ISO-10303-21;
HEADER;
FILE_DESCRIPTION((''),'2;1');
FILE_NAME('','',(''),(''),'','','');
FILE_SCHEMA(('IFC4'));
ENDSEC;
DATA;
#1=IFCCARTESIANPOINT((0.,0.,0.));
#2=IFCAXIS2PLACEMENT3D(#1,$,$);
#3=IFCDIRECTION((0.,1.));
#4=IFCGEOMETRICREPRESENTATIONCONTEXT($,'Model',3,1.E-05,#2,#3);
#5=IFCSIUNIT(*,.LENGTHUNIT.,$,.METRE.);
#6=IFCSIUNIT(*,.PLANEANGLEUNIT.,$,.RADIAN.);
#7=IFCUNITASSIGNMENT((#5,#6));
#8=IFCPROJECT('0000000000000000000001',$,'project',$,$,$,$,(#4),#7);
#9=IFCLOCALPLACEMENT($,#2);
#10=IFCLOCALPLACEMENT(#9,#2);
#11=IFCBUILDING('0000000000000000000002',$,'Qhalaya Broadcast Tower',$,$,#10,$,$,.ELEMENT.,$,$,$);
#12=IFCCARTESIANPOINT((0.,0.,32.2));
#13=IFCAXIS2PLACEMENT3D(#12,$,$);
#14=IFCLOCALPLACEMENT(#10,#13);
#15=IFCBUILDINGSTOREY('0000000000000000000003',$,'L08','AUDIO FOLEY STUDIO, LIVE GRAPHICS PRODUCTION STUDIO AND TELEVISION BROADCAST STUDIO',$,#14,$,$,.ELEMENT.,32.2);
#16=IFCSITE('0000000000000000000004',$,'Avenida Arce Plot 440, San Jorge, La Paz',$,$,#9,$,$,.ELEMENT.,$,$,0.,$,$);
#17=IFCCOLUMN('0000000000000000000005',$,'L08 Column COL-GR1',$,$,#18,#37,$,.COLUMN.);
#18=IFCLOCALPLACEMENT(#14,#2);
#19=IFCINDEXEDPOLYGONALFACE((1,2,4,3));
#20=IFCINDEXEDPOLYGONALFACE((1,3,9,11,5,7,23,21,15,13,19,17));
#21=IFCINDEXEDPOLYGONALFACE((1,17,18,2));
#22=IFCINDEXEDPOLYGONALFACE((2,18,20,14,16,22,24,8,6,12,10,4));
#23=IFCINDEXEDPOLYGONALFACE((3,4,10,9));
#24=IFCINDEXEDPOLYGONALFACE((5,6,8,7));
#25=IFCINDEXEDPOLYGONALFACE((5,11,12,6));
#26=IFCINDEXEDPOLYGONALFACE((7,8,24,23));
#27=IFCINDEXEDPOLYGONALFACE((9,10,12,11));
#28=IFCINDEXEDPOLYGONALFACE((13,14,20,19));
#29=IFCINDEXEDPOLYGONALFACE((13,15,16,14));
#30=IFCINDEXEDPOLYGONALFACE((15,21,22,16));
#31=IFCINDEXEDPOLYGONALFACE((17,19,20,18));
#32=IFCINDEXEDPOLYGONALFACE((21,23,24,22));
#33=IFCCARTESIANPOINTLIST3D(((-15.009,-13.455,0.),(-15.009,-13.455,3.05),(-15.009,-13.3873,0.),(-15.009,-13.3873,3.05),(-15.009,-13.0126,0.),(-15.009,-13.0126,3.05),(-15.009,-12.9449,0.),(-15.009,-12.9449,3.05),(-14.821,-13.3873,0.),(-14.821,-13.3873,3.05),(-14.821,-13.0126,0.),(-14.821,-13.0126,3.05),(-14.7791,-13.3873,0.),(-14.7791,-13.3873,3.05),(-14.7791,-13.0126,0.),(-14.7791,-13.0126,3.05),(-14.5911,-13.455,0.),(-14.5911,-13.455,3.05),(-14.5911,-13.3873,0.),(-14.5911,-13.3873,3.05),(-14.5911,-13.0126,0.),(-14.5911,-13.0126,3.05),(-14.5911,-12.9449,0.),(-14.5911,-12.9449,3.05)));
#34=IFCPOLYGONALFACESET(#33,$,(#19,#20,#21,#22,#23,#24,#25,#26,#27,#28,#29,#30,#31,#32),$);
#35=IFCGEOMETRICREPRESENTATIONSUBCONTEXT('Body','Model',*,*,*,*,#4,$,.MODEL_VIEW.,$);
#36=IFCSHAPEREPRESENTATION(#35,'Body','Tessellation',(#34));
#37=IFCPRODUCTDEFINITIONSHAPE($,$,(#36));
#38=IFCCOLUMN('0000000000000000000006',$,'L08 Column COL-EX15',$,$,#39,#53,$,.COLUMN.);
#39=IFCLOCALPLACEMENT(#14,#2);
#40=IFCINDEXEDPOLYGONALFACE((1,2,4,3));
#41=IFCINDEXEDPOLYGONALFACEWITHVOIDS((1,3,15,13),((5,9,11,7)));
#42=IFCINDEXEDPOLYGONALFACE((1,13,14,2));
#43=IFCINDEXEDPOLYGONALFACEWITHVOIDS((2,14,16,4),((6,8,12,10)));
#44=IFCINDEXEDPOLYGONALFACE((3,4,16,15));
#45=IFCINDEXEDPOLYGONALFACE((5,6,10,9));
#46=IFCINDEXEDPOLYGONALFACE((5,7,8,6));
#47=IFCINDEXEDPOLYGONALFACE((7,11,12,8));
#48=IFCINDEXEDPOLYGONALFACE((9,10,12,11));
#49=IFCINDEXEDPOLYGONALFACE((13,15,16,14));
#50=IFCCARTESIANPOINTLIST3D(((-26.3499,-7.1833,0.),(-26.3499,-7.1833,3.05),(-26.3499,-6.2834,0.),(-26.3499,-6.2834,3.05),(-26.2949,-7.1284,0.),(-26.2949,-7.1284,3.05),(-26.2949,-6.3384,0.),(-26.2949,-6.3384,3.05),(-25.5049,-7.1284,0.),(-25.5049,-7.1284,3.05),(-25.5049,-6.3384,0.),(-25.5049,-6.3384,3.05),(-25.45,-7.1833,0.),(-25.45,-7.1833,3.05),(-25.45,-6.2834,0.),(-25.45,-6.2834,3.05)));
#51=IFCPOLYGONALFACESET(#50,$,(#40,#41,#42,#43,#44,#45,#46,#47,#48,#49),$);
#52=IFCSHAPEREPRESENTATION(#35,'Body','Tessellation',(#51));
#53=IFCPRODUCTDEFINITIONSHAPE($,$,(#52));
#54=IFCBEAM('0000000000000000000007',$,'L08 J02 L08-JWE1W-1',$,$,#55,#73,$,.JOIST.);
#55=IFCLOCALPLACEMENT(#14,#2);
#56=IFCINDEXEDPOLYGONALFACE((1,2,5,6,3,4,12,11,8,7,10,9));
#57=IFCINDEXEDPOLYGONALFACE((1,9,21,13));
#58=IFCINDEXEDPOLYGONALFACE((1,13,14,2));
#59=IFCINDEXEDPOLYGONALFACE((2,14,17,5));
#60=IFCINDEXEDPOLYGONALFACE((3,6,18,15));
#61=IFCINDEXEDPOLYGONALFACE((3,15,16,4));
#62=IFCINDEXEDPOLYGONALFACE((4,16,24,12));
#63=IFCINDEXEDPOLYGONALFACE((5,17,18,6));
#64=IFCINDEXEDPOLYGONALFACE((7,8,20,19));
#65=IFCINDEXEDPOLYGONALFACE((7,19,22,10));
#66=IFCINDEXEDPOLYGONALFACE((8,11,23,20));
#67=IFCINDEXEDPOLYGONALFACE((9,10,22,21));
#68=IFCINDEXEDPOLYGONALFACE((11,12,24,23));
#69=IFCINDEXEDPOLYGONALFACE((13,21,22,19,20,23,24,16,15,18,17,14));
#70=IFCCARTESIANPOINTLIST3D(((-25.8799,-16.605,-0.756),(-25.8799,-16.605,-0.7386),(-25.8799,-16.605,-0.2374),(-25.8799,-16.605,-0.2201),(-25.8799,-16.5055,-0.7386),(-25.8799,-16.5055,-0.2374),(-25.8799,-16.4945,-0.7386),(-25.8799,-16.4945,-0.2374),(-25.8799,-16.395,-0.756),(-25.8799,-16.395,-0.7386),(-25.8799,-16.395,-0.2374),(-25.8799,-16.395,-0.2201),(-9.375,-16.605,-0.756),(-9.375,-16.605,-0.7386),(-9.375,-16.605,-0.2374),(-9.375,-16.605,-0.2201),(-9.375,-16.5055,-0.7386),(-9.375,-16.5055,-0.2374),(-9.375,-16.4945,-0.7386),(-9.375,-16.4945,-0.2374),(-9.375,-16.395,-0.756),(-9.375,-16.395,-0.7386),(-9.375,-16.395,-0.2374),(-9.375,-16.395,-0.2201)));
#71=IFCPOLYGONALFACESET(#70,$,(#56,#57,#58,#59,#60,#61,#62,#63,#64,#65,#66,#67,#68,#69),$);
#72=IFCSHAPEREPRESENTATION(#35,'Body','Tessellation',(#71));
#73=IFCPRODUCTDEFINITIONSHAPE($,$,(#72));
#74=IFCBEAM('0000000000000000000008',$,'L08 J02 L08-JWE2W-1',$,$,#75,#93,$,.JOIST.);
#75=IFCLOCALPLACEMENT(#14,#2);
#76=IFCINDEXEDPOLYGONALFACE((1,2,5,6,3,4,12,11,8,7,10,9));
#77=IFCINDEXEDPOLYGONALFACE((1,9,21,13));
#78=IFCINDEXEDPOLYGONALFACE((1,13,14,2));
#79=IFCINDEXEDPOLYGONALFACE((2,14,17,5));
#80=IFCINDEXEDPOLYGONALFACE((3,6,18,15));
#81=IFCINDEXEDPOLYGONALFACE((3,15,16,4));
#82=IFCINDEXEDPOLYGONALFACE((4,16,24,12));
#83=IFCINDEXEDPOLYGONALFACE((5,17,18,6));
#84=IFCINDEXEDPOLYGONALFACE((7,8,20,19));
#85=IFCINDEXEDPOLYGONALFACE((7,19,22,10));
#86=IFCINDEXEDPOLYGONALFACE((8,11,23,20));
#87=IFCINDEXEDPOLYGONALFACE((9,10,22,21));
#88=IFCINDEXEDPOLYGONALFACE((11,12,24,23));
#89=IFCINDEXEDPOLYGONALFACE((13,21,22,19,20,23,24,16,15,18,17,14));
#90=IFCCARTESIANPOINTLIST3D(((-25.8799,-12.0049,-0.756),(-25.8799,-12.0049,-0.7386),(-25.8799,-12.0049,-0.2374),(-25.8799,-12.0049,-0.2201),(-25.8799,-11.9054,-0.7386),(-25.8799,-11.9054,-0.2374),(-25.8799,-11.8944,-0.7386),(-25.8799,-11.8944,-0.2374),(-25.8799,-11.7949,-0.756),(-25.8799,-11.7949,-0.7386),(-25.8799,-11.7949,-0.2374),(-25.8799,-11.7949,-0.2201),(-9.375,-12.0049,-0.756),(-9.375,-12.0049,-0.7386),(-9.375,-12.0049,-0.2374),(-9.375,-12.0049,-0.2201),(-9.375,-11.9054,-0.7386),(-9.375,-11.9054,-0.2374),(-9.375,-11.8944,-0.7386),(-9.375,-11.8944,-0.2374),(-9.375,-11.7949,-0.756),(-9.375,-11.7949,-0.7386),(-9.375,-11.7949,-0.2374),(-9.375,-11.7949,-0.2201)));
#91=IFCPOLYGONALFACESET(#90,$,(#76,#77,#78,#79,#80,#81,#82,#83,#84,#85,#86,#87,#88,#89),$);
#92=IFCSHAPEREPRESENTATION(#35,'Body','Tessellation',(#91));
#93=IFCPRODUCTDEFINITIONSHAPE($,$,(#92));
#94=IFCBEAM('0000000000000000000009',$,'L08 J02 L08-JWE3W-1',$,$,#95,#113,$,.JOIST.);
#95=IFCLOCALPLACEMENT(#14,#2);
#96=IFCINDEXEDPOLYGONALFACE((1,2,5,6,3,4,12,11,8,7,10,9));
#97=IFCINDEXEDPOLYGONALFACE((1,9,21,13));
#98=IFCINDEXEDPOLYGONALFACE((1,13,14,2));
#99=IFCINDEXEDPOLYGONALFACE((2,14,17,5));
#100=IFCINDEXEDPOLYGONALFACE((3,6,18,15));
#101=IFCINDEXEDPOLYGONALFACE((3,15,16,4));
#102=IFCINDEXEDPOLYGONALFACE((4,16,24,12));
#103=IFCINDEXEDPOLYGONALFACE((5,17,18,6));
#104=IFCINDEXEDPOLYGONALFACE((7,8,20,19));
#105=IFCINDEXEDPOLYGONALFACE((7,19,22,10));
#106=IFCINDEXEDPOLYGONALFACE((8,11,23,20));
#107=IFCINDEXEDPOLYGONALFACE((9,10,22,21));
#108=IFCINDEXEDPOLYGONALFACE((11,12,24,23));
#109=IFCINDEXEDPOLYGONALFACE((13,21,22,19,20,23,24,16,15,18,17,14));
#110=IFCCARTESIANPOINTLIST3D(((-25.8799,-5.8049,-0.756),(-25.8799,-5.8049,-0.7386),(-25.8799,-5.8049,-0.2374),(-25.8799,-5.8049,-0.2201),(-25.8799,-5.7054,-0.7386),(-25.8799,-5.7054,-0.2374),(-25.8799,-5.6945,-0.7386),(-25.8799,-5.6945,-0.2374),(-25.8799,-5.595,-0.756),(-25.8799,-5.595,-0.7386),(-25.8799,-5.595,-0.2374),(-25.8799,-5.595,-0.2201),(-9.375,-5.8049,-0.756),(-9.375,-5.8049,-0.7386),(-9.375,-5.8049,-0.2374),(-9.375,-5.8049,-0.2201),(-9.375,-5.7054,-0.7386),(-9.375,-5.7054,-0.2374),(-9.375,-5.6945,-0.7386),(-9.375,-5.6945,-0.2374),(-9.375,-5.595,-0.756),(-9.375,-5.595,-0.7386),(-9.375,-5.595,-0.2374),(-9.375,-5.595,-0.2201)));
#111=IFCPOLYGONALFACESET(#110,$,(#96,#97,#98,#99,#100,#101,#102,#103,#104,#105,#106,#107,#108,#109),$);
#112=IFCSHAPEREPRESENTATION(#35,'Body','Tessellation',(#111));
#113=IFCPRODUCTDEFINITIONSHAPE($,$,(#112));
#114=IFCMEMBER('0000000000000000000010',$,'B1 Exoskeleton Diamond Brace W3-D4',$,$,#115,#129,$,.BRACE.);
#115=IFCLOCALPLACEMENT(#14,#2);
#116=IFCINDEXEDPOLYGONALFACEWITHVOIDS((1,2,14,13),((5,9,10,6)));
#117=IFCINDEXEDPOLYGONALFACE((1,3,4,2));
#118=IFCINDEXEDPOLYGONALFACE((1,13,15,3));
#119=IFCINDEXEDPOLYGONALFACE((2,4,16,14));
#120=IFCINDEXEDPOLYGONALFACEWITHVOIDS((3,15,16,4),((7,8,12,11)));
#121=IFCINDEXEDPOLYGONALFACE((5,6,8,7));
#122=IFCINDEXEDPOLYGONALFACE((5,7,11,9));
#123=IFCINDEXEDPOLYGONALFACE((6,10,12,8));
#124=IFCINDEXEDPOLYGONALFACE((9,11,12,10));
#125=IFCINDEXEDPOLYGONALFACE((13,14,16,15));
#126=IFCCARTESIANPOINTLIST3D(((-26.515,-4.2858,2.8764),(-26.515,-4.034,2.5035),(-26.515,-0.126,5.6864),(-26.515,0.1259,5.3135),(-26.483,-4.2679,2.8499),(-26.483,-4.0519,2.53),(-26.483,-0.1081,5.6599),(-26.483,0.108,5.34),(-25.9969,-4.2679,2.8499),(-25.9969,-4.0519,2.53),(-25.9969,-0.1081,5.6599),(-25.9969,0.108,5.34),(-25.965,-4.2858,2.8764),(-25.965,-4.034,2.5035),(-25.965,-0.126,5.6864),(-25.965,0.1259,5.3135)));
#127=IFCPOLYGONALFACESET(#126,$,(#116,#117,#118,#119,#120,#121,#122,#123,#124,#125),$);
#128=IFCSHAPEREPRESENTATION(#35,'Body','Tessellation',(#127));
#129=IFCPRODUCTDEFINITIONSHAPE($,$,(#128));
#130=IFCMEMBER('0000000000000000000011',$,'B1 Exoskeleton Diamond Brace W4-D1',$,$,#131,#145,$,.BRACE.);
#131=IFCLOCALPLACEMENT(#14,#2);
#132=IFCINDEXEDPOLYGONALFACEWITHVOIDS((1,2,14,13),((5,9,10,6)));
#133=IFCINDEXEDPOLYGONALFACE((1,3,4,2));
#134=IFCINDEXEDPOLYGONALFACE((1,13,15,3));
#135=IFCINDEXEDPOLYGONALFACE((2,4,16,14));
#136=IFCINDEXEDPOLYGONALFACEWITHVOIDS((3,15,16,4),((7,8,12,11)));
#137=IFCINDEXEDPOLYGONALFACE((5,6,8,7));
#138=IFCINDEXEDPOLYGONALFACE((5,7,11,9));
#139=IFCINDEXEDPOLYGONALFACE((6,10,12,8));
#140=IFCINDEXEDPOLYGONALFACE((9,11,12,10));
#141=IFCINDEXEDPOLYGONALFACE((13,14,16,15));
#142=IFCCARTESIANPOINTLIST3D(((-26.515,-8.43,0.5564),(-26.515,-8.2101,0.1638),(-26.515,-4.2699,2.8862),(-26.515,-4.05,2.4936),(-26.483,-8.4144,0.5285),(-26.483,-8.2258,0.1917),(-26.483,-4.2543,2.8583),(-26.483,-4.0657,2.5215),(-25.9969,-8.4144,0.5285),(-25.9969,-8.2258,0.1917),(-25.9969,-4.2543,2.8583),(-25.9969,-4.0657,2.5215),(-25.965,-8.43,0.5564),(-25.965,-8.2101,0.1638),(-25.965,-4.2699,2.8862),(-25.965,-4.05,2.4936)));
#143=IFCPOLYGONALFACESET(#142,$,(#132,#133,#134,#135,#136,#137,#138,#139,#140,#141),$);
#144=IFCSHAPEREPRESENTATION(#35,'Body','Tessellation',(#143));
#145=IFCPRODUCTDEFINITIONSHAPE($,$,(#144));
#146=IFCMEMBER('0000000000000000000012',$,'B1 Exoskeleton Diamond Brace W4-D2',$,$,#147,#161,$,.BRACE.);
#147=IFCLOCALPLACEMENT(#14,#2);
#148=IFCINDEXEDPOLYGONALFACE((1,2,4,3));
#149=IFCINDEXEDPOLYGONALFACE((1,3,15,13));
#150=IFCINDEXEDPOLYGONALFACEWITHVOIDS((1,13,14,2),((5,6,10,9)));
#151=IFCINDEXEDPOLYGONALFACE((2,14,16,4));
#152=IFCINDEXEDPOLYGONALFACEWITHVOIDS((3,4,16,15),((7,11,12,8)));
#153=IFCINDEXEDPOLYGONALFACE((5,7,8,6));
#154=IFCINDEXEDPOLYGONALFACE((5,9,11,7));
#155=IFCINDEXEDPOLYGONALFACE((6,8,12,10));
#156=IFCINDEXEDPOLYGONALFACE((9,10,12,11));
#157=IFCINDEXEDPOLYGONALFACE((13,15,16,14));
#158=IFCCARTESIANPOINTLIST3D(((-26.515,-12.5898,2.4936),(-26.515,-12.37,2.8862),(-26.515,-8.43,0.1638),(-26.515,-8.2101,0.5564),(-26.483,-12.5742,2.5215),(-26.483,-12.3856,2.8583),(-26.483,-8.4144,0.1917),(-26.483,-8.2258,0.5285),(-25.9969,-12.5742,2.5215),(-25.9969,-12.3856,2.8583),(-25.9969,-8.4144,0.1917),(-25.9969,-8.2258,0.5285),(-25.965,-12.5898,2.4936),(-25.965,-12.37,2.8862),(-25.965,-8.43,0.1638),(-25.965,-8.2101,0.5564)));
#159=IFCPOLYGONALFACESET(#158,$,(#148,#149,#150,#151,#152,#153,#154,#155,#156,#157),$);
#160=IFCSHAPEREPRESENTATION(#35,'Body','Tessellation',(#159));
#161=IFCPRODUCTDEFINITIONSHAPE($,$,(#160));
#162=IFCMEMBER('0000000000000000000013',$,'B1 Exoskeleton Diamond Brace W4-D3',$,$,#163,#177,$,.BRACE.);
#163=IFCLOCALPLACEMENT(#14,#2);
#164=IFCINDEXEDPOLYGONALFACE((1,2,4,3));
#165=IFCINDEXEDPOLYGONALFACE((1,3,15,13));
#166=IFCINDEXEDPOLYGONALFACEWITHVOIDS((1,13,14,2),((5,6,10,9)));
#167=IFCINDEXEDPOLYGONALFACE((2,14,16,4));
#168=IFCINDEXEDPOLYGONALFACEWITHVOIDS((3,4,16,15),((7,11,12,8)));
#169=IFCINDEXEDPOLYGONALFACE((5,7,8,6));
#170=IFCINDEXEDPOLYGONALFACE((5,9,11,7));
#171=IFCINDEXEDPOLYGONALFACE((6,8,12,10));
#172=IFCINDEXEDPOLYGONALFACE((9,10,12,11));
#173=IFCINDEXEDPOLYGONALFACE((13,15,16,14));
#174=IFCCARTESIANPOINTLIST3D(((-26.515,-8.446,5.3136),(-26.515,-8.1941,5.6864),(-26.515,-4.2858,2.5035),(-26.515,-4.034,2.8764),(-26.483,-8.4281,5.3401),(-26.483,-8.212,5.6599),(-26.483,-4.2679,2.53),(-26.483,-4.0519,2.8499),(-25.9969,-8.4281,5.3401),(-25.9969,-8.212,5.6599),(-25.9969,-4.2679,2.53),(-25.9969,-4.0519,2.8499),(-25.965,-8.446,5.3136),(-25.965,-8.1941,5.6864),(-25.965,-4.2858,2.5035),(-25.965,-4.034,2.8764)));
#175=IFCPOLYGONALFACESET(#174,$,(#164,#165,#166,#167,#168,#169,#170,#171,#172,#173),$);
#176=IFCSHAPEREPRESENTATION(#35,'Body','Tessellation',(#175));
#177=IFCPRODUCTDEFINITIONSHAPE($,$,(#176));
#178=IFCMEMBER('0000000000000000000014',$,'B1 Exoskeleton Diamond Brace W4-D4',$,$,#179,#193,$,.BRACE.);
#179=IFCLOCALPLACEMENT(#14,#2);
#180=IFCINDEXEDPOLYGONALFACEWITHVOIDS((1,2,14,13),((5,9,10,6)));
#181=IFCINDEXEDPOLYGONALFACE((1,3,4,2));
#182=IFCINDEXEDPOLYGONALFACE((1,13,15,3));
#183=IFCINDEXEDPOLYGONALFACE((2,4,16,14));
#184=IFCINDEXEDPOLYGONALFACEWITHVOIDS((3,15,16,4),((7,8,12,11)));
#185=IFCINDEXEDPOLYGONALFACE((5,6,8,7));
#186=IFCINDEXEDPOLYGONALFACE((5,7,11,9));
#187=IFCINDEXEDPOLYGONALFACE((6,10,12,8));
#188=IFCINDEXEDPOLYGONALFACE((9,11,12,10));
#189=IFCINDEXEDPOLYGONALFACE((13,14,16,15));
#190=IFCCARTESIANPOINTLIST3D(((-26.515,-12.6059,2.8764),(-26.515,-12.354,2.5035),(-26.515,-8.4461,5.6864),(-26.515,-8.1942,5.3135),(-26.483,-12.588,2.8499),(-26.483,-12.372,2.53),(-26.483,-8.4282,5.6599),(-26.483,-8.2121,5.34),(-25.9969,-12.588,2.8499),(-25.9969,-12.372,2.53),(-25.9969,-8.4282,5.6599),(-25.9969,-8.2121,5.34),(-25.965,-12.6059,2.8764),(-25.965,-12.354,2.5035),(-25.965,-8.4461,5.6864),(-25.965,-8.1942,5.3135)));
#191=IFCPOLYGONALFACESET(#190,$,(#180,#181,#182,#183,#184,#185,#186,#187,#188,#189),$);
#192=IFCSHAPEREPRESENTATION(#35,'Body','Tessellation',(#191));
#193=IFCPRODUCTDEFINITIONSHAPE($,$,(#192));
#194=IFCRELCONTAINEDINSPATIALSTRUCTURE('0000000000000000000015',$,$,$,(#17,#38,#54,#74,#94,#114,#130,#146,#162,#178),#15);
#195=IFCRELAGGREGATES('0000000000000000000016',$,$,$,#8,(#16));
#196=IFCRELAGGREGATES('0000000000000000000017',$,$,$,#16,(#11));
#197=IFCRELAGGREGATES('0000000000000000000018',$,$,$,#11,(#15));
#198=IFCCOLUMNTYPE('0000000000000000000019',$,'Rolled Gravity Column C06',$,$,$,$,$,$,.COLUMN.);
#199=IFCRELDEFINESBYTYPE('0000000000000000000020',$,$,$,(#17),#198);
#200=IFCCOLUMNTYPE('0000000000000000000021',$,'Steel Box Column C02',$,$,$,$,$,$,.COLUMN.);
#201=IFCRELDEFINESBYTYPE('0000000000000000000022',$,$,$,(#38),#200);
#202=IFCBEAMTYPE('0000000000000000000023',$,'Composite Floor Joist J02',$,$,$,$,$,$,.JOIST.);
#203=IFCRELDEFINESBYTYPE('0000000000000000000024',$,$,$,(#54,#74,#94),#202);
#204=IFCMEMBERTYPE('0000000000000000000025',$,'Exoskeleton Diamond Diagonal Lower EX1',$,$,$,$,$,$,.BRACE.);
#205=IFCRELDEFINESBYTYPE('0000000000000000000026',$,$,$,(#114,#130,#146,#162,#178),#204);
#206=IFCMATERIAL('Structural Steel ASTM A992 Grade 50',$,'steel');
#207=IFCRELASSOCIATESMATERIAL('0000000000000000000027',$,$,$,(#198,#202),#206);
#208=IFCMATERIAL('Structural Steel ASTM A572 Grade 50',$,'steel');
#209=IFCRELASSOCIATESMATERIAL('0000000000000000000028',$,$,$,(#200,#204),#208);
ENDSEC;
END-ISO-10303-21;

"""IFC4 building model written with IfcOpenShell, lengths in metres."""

from ifc_helpers import new_model, si_unit, direction, frame, origin, origin_2d, place, context, subcontext, project, spatial, hollow_rectangle, i_section, extrude, material, material_profile, profile_set, type_object, element, save


model = new_model("IFC4")

# Units and contexts
model_context = context("Model", 3, precision=1e-05, world=origin(), true_north=direction((0.0, 1.0)))
body_context = subcontext(model_context, "Body", "Model", "MODEL_VIEW")
ifc_project = project(units=[si_unit("LENGTHUNIT", "METRE"), si_unit("PLANEANGLEUNIT", "RADIAN")], contexts=[model_context])

# Site, building, storey
site_placement = place(None, origin())
site = spatial("IfcSite", under=ifc_project, at=site_placement, Name="Avenida Arce Plot 440, San Jorge, La Paz", CompositionType="ELEMENT", RefElevation=0.0)
building_placement = place(site_placement, origin())
building = spatial("IfcBuilding", under=site, at=building_placement, Name="Qhalaya Broadcast Tower", CompositionType="ELEMENT")
storey_placement = place(building_placement, frame((0.0, 0.0, 32.2)))
storey = spatial("IfcBuildingStorey", under=building, at=storey_placement, Name="L08", Description="AUDIO FOLEY STUDIO, LIVE GRAPHICS PRODUCTION STUDIO AND TELEVISION BROADCAST STUDIO", CompositionType="ELEMENT", Elevation=32.2)

# Columns
ifc_material_1 = material(Name="Structural Steel ASTM A992 Grade 50", Category="steel")
ifc_material_profile_1 = material_profile(ifc_material_1, i_section(OverallWidth=0.418, OverallDepth=0.51, WebThickness=0.042, FlangeThickness=0.0676, at=origin_2d()), Name="W14X370")
ifc_profile_set_1 = profile_set([ifc_material_profile_1], Name="Structural Steel ASTM A992 Grade 50")
column_type_1 = type_object("IfcColumnType", Name="Rolled Gravity Column C06", PredefinedType="COLUMN", material=ifc_profile_set_1)
column_1_placement = place(storey_placement, frame((-14.8, -13.2, 0.0), z_axis=(0.0, 0.0, 1.0), x_axis=(1.0, 0.0, 0.0)))
element("IfcColumn", 1, at=column_1_placement, inside=storey, type_object=column_type_1, Name="L08 Column COL-GR1", PredefinedType="COLUMN", context=body_context, shape_type="SweptSolid", body=[
    extrude(i_section(OverallWidth=0.418, OverallDepth=0.51, WebThickness=0.042, FlangeThickness=0.0676, at=origin_2d()), origin(), (0.0, 0.0, 1.0), 3.05),
])
ifc_material_2 = material(Name="Structural Steel ASTM A572 Grade 50", Category="steel")
ifc_material_profile_2 = material_profile(ifc_material_2, hollow_rectangle(XDim=0.8999, YDim=0.8999, WallThickness=0.0549, at=origin_2d()), Name="BOX 900x900x55")
ifc_profile_set_2 = profile_set([ifc_material_profile_2], Name="Structural Steel ASTM A572 Grade 50")
column_type_2 = type_object("IfcColumnType", Name="Steel Box Column C02", PredefinedType="COLUMN", material=ifc_profile_set_2)
column_2_placement = place(storey_placement, frame((-25.8999, -6.7334, 0.0), z_axis=(0.0, 0.0, 1.0), x_axis=(0.0, 1.0, 0.0)))
element("IfcColumn", 2, at=column_2_placement, inside=storey, type_object=column_type_2, Name="L08 Column COL-EX15", PredefinedType="COLUMN", context=body_context, shape_type="SweptSolid", body=[
    extrude(hollow_rectangle(XDim=0.8999, YDim=0.8999, WallThickness=0.0549, at=origin_2d()), origin(), (0.0, 0.0, 1.0), 3.05),
])

# Beams
ifc_material_profile_3 = material_profile(ifc_material_1, i_section(OverallWidth=0.21, OverallDepth=0.5359, WebThickness=0.011, FlangeThickness=0.0173, at=origin_2d()), Name="W21X68")
ifc_profile_set_3 = profile_set([ifc_material_profile_3], Name="Structural Steel ASTM A992 Grade 50")
beam_type_1 = type_object("IfcBeamType", Name="Composite Floor Joist J02", PredefinedType="JOIST", material=ifc_profile_set_3)
for number, where, z_axis, x_axis, name in (
    (3, (-25.8799, -16.5, -0.488), (1.0, 0.0, 0.0), (0.0, 1.0, 0.0), "L08 J02 L08-JWE1W-1"),
    (4, (-25.8799, -11.8999, -0.488), (1.0, 0.0, 0.0), (0.0, 1.0, 0.0), "L08 J02 L08-JWE2W-1"),
    (5, (-25.8799, -5.7, -0.488), (1.0, 0.0, 0.0), (0.0, 1.0, 0.0), "L08 J02 L08-JWE3W-1"),
):
    element("IfcBeam", number, at=place(storey_placement, frame(where, z_axis=z_axis, x_axis=x_axis)), inside=storey, type_object=beam_type_1, Name=name, PredefinedType="JOIST", context=body_context, shape_type="SweptSolid", body=[
        extrude(i_section(OverallWidth=0.21, OverallDepth=0.5359, WebThickness=0.011, FlangeThickness=0.0173, at=origin_2d()), origin(), (0.0, 0.0, 1.0), 16.5049),
    ])

# Members
ifc_material_profile_4 = material_profile(ifc_material_2, hollow_rectangle(XDim=0.45, YDim=0.55, WallThickness=0.032, at=origin_2d()), Name="BOX 450x550x32")
ifc_profile_set_4 = profile_set([ifc_material_profile_4], Name="Structural Steel ASTM A572 Grade 50")
member_type = type_object("IfcMemberType", Name="Exoskeleton Diamond Diagonal Lower EX1", PredefinedType="BRACE", material=ifc_profile_set_4)
member_1_placement = place(storey_placement, frame((-26.24, -4.1599, 2.6899), z_axis=(0.0, 0.828653, 0.559763), x_axis=(0.0, -0.559763, 0.828653)))
element("IfcMember", 6, at=member_1_placement, inside=storey, type_object=member_type, Name="B1 Exoskeleton Diamond Brace W3-D4", PredefinedType="BRACE", context=body_context, shape_type="SweptSolid", body=[
    extrude(hollow_rectangle(XDim=0.45, YDim=0.55, WallThickness=0.032, at=origin_2d()), origin(), (0.0, 0.0, 1.0), 5.02),
])
member_2_placement = place(storey_placement, frame((-26.24, -8.3201, 0.3601), z_axis=(0.0, 0.872493, 0.488627), x_axis=(0.0, -0.488627, 0.872493)))
element("IfcMember", 7, at=member_2_placement, inside=storey, type_object=member_type, Name="B1 Exoskeleton Diamond Brace W4-D1", PredefinedType="BRACE", context=body_context, shape_type="SweptSolid", body=[
    extrude(hollow_rectangle(XDim=0.45, YDim=0.55, WallThickness=0.032, at=origin_2d()), origin(), (0.0, 0.0, 1.0), 4.7681),
])
member_3_placement = place(storey_placement, frame((-26.24, -8.3201, 0.3601), z_axis=(0.0, -0.872481, 0.488649), x_axis=(0.0, 0.488649, 0.872481)))
element("IfcMember", 8, at=member_3_placement, inside=storey, type_object=member_type, Name="B1 Exoskeleton Diamond Brace W4-D2", PredefinedType="BRACE", context=body_context, shape_type="SweptSolid", body=[
    extrude(hollow_rectangle(XDim=0.45, YDim=0.55, WallThickness=0.032, at=origin_2d()), origin(), (0.0, 0.0, 1.0), 4.7678),
])
member_4_placement = place(storey_placement, frame((-26.24, -4.1599, 2.6899), z_axis=(0.0, -0.828668, 0.55974), x_axis=(0.0, 0.55974, 0.828668)))
element("IfcMember", 9, at=member_4_placement, inside=storey, type_object=member_type, Name="B1 Exoskeleton Diamond Brace W4-D3", PredefinedType="BRACE", context=body_context, shape_type="SweptSolid", body=[
    extrude(hollow_rectangle(XDim=0.45, YDim=0.55, WallThickness=0.032, at=origin_2d()), origin(), (0.0, 0.0, 1.0), 5.0203),
])
for number, where, z_axis, x_axis, name in (
    (10, (-26.24, -12.48, 2.6899), (0.0, 0.828653, 0.559763), (0.0, -0.559763, 0.828653), "B1 Exoskeleton Diamond Brace W4-D4"),
):
    element("IfcMember", number, at=place(storey_placement, frame(where, z_axis=z_axis, x_axis=x_axis)), inside=storey, type_object=member_type, Name=name, PredefinedType="BRACE", context=body_context, shape_type="SweptSolid", body=[
        extrude(hollow_rectangle(XDim=0.45, YDim=0.55, WallThickness=0.032, at=origin_2d()), origin(), (0.0, 0.0, 1.0), 5.02),
    ])

save(model, "model.ifc")
